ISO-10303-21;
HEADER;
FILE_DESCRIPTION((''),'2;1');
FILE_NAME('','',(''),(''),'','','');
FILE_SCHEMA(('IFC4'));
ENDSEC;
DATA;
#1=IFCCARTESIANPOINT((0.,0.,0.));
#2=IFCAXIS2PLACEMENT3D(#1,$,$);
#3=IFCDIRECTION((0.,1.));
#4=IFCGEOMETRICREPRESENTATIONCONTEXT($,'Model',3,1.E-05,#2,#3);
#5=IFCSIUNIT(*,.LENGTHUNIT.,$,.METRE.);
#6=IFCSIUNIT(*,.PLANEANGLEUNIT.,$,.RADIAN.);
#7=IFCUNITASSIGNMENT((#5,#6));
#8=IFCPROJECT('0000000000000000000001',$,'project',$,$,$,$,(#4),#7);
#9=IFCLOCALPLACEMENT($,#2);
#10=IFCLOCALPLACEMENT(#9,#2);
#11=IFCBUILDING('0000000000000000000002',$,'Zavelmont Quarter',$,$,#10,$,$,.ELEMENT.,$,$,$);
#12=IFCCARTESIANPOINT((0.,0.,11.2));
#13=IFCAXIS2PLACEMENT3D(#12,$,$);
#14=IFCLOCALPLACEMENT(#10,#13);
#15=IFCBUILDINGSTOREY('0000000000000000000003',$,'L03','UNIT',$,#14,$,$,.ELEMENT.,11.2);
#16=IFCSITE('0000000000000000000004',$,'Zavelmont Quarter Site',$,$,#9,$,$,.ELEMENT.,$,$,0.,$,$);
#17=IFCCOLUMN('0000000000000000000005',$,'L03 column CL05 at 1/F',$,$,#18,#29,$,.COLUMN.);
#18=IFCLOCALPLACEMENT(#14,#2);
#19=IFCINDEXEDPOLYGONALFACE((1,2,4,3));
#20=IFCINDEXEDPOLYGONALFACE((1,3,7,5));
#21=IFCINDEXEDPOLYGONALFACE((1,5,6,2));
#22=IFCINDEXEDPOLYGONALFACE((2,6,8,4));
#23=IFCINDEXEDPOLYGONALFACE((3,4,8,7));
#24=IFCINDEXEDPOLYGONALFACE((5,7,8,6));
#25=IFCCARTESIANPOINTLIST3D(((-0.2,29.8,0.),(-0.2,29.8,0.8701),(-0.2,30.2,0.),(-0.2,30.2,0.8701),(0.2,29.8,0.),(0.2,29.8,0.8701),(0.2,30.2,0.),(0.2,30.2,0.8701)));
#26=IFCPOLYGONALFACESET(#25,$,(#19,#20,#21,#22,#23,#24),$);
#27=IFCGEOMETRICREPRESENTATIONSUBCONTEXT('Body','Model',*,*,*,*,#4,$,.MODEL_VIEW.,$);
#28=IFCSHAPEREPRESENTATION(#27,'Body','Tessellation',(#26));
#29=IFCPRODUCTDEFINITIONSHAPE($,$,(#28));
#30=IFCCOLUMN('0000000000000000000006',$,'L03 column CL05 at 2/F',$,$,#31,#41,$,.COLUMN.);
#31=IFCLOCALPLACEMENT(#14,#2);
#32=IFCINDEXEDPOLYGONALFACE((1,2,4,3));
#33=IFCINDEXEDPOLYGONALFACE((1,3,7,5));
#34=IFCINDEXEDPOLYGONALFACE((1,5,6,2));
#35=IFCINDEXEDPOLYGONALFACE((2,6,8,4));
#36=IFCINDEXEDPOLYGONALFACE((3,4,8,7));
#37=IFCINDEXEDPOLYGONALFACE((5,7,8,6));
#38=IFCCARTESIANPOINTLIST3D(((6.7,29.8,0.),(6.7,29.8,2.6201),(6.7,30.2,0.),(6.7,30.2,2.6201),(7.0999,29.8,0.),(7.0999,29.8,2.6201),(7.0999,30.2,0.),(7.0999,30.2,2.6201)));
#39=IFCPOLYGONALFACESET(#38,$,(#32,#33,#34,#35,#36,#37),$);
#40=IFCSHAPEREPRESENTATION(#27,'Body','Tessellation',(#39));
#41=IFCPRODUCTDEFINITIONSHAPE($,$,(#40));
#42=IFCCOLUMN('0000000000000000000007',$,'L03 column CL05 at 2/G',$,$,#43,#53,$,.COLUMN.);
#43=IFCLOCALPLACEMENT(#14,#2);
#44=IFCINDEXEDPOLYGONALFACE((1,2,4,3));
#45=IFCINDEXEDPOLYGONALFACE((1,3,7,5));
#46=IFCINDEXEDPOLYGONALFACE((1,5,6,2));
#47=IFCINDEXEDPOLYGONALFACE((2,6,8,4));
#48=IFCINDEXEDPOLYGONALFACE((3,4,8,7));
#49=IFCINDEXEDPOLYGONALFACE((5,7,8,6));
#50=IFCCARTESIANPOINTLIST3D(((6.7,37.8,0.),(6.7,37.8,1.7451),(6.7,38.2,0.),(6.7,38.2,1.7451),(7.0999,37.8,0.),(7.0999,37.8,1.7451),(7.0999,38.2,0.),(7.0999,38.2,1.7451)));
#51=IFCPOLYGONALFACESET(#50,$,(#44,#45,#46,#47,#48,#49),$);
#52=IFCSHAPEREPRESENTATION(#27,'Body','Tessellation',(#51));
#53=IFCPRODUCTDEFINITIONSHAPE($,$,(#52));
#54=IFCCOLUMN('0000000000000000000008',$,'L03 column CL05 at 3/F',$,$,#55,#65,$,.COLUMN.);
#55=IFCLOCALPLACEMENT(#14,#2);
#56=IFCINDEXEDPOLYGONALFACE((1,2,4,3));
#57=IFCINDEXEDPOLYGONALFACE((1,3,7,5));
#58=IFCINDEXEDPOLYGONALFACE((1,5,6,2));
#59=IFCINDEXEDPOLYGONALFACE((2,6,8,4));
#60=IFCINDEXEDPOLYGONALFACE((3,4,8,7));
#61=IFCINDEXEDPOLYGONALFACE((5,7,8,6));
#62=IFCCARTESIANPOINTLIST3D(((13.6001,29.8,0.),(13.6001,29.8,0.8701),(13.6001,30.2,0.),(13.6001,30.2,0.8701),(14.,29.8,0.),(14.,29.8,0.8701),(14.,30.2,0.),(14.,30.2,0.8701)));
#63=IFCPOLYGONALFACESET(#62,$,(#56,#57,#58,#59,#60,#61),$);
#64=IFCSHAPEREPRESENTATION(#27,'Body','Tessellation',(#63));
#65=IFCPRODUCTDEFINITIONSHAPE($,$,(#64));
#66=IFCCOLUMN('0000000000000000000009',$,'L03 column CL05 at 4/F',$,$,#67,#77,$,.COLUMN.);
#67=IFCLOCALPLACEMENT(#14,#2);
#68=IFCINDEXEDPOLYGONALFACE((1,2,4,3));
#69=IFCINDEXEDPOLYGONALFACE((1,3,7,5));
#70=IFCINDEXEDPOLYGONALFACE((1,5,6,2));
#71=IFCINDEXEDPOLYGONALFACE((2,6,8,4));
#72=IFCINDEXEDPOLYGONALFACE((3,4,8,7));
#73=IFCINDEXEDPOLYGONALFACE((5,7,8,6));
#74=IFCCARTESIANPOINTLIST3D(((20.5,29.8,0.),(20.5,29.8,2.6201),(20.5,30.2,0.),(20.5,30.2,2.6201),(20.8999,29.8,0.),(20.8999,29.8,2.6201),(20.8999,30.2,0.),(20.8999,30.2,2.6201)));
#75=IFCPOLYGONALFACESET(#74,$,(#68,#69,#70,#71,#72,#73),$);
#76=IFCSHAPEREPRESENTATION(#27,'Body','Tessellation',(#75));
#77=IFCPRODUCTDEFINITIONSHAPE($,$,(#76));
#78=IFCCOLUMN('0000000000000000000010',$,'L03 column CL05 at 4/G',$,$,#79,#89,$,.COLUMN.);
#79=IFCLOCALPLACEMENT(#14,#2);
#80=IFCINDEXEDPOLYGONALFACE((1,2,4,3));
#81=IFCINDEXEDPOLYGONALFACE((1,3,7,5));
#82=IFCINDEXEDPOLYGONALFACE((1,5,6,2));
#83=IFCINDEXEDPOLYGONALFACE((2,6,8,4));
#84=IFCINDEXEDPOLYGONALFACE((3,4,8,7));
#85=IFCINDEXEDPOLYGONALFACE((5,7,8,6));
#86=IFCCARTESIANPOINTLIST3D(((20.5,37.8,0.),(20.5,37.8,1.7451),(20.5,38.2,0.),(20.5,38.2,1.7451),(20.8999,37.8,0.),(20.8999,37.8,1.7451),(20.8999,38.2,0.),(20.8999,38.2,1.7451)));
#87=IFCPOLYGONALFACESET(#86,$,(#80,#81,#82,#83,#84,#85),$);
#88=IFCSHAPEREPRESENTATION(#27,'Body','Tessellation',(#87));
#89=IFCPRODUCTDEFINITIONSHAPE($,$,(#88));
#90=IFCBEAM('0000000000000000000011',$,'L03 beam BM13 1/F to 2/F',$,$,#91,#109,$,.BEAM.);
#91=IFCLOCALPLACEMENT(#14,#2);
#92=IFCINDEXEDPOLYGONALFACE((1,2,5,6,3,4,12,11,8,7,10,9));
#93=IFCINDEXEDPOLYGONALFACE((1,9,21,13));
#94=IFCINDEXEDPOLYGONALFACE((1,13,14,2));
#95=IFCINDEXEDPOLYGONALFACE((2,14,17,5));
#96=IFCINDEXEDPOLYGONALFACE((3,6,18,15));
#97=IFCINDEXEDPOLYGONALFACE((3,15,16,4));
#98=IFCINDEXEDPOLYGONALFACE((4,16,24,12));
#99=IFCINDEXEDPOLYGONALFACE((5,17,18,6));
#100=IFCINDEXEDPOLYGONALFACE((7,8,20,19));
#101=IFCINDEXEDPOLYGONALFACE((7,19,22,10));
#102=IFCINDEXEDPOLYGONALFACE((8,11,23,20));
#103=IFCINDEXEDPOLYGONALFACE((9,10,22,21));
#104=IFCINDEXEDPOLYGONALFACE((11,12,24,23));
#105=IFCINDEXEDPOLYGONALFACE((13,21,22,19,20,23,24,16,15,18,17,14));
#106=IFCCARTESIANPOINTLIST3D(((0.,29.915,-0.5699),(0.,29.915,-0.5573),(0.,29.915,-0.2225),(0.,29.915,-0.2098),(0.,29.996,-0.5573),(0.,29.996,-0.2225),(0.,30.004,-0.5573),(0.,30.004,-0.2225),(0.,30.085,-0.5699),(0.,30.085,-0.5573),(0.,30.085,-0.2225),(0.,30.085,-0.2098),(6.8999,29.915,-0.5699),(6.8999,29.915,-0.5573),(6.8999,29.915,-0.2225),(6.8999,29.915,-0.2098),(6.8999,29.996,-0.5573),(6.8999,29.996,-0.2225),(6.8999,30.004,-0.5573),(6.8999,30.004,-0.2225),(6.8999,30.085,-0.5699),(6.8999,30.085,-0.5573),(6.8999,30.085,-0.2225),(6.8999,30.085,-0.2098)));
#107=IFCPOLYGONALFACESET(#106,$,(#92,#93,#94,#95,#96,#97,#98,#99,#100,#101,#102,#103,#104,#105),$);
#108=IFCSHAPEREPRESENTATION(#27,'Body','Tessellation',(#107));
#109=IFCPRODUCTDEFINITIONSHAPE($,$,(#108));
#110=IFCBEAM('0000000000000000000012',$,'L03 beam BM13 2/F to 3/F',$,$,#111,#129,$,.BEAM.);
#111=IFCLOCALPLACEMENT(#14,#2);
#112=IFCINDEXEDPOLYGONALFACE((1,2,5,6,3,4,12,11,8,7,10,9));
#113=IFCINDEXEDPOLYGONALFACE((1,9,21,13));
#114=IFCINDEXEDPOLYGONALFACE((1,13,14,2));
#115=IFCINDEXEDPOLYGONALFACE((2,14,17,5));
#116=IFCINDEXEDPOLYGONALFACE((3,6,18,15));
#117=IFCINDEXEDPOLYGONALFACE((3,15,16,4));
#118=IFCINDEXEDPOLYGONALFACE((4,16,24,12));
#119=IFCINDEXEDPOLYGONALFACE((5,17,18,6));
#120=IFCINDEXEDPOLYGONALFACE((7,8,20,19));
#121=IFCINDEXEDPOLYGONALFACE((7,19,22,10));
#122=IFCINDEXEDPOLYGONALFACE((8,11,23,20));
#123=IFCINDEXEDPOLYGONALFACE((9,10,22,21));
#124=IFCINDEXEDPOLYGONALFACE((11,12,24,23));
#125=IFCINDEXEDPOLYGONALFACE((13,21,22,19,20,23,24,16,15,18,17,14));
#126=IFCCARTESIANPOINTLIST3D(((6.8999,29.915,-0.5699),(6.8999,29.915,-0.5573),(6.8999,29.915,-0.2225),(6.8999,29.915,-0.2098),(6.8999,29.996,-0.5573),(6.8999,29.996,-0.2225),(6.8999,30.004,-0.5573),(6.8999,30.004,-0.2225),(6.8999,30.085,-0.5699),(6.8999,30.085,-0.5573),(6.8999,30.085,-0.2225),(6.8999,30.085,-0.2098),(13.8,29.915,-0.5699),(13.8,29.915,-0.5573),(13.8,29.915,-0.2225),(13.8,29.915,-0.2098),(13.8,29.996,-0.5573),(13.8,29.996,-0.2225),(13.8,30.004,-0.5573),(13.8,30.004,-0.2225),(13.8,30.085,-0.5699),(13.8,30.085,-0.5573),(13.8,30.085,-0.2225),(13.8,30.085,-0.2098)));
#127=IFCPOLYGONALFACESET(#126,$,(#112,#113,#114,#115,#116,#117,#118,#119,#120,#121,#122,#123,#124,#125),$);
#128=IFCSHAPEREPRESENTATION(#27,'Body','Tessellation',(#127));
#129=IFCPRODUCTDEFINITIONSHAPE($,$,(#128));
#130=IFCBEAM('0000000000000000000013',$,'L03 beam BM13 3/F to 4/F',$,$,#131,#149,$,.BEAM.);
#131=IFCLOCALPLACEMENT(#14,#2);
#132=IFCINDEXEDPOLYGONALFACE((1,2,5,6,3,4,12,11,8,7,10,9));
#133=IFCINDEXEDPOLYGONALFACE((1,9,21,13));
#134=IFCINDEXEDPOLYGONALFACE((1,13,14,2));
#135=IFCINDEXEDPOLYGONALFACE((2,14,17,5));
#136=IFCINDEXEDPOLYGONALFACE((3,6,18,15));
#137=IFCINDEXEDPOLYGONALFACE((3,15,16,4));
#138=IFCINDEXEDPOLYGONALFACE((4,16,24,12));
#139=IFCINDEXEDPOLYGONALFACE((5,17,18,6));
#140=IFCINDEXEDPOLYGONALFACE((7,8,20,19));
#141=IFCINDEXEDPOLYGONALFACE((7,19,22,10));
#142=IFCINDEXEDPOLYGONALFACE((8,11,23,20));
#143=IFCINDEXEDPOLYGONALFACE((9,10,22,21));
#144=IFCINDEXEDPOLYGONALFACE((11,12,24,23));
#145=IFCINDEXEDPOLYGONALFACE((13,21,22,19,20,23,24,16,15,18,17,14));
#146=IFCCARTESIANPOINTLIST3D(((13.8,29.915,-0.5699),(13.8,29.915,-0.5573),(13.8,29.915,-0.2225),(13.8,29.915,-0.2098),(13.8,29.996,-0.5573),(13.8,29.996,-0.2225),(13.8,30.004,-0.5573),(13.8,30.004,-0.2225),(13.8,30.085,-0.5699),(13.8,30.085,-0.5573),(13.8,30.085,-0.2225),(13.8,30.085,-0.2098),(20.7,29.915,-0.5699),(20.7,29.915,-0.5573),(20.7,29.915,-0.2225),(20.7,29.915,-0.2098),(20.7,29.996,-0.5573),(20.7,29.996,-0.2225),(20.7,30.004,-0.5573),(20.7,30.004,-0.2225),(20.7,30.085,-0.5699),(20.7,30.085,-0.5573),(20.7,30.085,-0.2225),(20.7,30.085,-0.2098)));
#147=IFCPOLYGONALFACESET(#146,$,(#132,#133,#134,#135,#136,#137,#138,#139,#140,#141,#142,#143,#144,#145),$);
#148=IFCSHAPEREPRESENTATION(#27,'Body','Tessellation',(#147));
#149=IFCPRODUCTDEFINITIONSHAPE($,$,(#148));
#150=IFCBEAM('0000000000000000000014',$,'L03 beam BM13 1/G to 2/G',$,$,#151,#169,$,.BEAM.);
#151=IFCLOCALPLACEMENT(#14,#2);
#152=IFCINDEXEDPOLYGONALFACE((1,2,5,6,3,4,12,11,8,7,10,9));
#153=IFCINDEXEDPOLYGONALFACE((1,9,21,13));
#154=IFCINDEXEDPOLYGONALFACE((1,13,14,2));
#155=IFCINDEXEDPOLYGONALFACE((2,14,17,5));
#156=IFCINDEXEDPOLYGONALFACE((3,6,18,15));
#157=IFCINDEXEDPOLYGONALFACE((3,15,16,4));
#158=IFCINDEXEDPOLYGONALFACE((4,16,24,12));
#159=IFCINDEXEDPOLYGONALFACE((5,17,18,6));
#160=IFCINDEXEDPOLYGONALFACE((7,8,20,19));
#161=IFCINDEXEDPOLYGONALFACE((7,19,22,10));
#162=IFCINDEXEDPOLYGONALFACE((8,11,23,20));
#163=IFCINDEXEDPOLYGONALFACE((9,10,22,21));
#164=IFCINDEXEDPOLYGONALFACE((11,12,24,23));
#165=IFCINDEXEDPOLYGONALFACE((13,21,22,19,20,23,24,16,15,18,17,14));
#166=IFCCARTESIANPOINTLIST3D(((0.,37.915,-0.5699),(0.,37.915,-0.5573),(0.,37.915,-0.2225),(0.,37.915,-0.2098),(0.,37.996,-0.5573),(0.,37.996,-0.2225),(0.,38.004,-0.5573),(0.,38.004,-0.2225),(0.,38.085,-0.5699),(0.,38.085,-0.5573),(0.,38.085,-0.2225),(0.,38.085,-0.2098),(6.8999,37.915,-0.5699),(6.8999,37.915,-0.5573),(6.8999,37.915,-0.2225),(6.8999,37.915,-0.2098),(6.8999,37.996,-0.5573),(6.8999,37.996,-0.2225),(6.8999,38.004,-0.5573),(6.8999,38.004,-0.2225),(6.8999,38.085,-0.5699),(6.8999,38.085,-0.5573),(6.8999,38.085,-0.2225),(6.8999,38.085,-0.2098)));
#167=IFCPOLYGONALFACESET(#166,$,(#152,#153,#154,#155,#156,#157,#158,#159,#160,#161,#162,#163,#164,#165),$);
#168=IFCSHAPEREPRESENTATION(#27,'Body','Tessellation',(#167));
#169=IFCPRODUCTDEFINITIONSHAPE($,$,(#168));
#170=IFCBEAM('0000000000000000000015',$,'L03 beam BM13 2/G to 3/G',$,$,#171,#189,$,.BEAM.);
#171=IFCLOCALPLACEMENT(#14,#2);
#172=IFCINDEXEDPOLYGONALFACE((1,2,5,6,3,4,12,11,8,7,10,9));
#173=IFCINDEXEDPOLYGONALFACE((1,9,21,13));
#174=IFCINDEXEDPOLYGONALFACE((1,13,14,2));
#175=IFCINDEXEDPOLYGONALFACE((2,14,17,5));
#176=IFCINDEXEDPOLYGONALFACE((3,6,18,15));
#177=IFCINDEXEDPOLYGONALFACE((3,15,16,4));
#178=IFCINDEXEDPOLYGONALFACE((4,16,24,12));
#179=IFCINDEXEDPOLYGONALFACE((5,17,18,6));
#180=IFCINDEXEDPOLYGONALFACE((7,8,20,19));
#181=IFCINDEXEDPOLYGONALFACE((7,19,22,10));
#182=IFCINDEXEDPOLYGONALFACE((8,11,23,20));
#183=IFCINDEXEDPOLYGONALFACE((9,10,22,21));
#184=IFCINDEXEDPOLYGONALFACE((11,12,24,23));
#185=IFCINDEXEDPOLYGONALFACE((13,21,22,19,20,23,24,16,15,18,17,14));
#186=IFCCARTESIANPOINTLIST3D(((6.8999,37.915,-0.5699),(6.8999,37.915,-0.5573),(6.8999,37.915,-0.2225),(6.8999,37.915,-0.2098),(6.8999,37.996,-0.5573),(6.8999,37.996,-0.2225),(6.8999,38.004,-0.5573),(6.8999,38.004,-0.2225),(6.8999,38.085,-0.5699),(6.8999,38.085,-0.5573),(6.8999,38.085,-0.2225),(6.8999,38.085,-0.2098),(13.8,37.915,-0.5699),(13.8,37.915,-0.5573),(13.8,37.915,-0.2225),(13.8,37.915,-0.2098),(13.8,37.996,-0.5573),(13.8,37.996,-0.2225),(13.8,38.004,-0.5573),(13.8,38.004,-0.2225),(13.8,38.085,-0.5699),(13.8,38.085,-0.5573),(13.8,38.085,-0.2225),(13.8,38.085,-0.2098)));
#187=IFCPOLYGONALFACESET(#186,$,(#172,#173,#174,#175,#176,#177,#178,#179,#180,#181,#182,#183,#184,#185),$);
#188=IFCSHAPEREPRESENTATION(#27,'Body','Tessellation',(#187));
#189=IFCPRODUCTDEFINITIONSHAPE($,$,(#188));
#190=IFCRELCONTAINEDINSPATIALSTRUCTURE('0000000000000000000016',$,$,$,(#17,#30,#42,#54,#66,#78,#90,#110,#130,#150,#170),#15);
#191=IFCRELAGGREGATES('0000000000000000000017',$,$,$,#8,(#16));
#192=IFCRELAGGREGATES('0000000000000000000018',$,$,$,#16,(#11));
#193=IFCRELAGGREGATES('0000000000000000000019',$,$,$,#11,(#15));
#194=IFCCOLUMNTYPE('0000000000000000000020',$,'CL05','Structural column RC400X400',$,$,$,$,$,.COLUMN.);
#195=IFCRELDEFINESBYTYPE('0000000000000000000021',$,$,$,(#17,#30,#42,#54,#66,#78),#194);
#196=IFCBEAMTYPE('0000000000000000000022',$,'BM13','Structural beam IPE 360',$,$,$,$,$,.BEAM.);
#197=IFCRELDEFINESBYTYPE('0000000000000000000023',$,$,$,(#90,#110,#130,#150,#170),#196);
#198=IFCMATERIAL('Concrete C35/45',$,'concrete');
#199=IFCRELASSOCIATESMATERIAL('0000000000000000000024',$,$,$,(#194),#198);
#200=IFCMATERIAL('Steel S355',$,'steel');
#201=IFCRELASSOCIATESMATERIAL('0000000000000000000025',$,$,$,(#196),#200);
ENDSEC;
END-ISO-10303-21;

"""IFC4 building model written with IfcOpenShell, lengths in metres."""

from ifc_helpers import new_model, si_unit, direction, frame, origin, origin_2d, place, context, subcontext, project, spatial, rectangle, i_section, extrude, material, material_profile, profile_set, type_object, element, save


model = new_model("IFC4")

# Units and contexts
model_context = context("Model", 3, precision=1e-05, world=origin(), true_north=direction((0.0, 1.0)))
body_context = subcontext(model_context, "Body", "Model", "MODEL_VIEW")
ifc_project = project(units=[si_unit("LENGTHUNIT", "METRE"), si_unit("PLANEANGLEUNIT", "RADIAN")], contexts=[model_context])

# Site, building, storey
site_placement = place(None, origin())
site = spatial("IfcSite", under=ifc_project, at=site_placement, Name="Zavelmont Quarter Site", CompositionType="ELEMENT", RefElevation=0.0)
building_placement = place(site_placement, origin())
building = spatial("IfcBuilding", under=site, at=building_placement, Name="Zavelmont Quarter", CompositionType="ELEMENT")
storey_placement = place(building_placement, frame((0.0, 0.0, 11.2)))
storey = spatial("IfcBuildingStorey", under=building, at=storey_placement, Name="L03", Description="UNIT", CompositionType="ELEMENT", Elevation=11.2)

# Columns
ifc_material_1 = material(Name="Concrete C35/45", Category="concrete")
ifc_material_profile_1 = material_profile(ifc_material_1, rectangle(XDim=0.3999, YDim=0.3999, at=origin_2d()), Name="RC400X400")
ifc_profile_set_1 = profile_set([ifc_material_profile_1], Name="Concrete C35/45")
column_type = type_object("IfcColumnType", Name="CL05", Description="Structural column RC400X400", PredefinedType="COLUMN", material=ifc_profile_set_1)
column_1_placement = place(storey_placement, frame((0.0, 30.0, 0.0), z_axis=(0.0, 0.0, 1.0), x_axis=(1.0, 0.0, 0.0)))
element("IfcColumn", 1, at=column_1_placement, inside=storey, type_object=column_type, Name="L03 column CL05 at 1/F", PredefinedType="COLUMN", context=body_context, shape_type="SweptSolid", body=[
    extrude(rectangle(XDim=0.3999, YDim=0.3999, at=origin_2d()), origin(), (0.0, 0.0, 1.0), 0.8701),
])
column_2_placement = place(storey_placement, frame((6.8999, 30.0, 0.0), z_axis=(0.0, 0.0, 1.0), x_axis=(1.0, 0.0, 0.0)))
element("IfcColumn", 2, at=column_2_placement, inside=storey, type_object=column_type, Name="L03 column CL05 at 2/F", PredefinedType="COLUMN", context=body_context, shape_type="SweptSolid", body=[
    extrude(rectangle(XDim=0.3999, YDim=0.3999, at=origin_2d()), origin(), (0.0, 0.0, 1.0), 2.6201),
])
column_3_placement = place(storey_placement, frame((6.8999, 38.0, 0.0), z_axis=(0.0, 0.0, 1.0), x_axis=(1.0, 0.0, 0.0)))
element("IfcColumn", 3, at=column_3_placement, inside=storey, type_object=column_type, Name="L03 column CL05 at 2/G", PredefinedType="COLUMN", context=body_context, shape_type="SweptSolid", body=[
    extrude(rectangle(XDim=0.3999, YDim=0.3999, at=origin_2d()), origin(), (0.0, 0.0, 1.0), 1.7451),
])
column_4_placement = place(storey_placement, frame((13.8, 30.0, 0.0), z_axis=(0.0, 0.0, 1.0), x_axis=(1.0, 0.0, 0.0)))
element("IfcColumn", 4, at=column_4_placement, inside=storey, type_object=column_type, Name="L03 column CL05 at 3/F", PredefinedType="COLUMN", context=body_context, shape_type="SweptSolid", body=[
    extrude(rectangle(XDim=0.3999, YDim=0.3999, at=origin_2d()), origin(), (0.0, 0.0, 1.0), 0.8701),
])
column_5_placement = place(storey_placement, frame((20.7, 30.0, 0.0), z_axis=(0.0, 0.0, 1.0), x_axis=(1.0, 0.0, 0.0)))
element("IfcColumn", 5, at=column_5_placement, inside=storey, type_object=column_type, Name="L03 column CL05 at 4/F", PredefinedType="COLUMN", context=body_context, shape_type="SweptSolid", body=[
    extrude(rectangle(XDim=0.3999, YDim=0.3999, at=origin_2d()), origin(), (0.0, 0.0, 1.0), 2.6201),
])
column_6_placement = place(storey_placement, frame((20.7, 38.0, 0.0), z_axis=(0.0, 0.0, 1.0), x_axis=(1.0, 0.0, 0.0)))
element("IfcColumn", 6, at=column_6_placement, inside=storey, type_object=column_type, Name="L03 column CL05 at 4/G", PredefinedType="COLUMN", context=body_context, shape_type="SweptSolid", body=[
    extrude(rectangle(XDim=0.3999, YDim=0.3999, at=origin_2d()), origin(), (0.0, 0.0, 1.0), 1.7451),
])

# Beams
ifc_material_2 = material(Name="Steel S355", Category="steel")
ifc_material_profile_2 = material_profile(ifc_material_2, i_section(OverallWidth=0.1699, OverallDepth=0.3601, WebThickness=0.0081, FlangeThickness=0.0127, at=origin_2d()), Name="IPE 360")
ifc_profile_set_2 = profile_set([ifc_material_profile_2], Name="Steel S355")
beam_type = type_object("IfcBeamType", Name="BM13", Description="Structural beam IPE 360", PredefinedType="BEAM", material=ifc_profile_set_2)
beam_1_placement = place(storey_placement, frame((0.0, 30.0, -0.3899), z_axis=(1.0, 0.0, 0.0), x_axis=(0.0, 1.0, 0.0)))
element("IfcBeam", 7, at=beam_1_placement, inside=storey, type_object=beam_type, Name="L03 beam BM13 1/F to 2/F", PredefinedType="BEAM", context=body_context, shape_type="SweptSolid", body=[
    extrude(i_section(OverallWidth=0.1699, OverallDepth=0.3601, WebThickness=0.0081, FlangeThickness=0.0127, at=origin_2d()), origin(), (0.0, 0.0, 1.0), 6.8999),
])
beam_2_placement = place(storey_placement, frame((6.8999, 30.0, -0.3899), z_axis=(1.0, 0.0, 0.0), x_axis=(0.0, 1.0, 0.0)))
element("IfcBeam", 8, at=beam_2_placement, inside=storey, type_object=beam_type, Name="L03 beam BM13 2/F to 3/F", PredefinedType="BEAM", context=body_context, shape_type="SweptSolid", body=[
    extrude(i_section(OverallWidth=0.1699, OverallDepth=0.3601, WebThickness=0.0081, FlangeThickness=0.0127, at=origin_2d()), origin(), (0.0, 0.0, 1.0), 6.9001),
])
for number, where, z_axis, x_axis, name in (
    (9, (13.8, 30.0, -0.3899), (1.0, 0.0, 0.0), (0.0, 1.0, 0.0), "L03 beam BM13 3/F to 4/F"),
    (10, (0.0, 38.0, -0.3899), (1.0, 0.0, 0.0), (0.0, 1.0, 0.0), "L03 beam BM13 1/G to 2/G"),
):
    element("IfcBeam", number, at=place(storey_placement, frame(where, z_axis=z_axis, x_axis=x_axis)), inside=storey, type_object=beam_type, Name=name, PredefinedType="BEAM", context=body_context, shape_type="SweptSolid", body=[
        extrude(i_section(OverallWidth=0.1699, OverallDepth=0.3601, WebThickness=0.0081, FlangeThickness=0.0127, at=origin_2d()), origin(), (0.0, 0.0, 1.0), 6.8999),
    ])
beam_3_placement = place(storey_placement, frame((6.8999, 38.0, -0.3899), z_axis=(1.0, 0.0, 0.0), x_axis=(0.0, 1.0, 0.0)))
element("IfcBeam", 11, at=beam_3_placement, inside=storey, type_object=beam_type, Name="L03 beam BM13 2/G to 3/G", PredefinedType="BEAM", context=body_context, shape_type="SweptSolid", body=[
    extrude(i_section(OverallWidth=0.1699, OverallDepth=0.3601, WebThickness=0.0081, FlangeThickness=0.0127, at=origin_2d()), origin(), (0.0, 0.0, 1.0), 6.9001),
])

save(model, "model.ifc")
